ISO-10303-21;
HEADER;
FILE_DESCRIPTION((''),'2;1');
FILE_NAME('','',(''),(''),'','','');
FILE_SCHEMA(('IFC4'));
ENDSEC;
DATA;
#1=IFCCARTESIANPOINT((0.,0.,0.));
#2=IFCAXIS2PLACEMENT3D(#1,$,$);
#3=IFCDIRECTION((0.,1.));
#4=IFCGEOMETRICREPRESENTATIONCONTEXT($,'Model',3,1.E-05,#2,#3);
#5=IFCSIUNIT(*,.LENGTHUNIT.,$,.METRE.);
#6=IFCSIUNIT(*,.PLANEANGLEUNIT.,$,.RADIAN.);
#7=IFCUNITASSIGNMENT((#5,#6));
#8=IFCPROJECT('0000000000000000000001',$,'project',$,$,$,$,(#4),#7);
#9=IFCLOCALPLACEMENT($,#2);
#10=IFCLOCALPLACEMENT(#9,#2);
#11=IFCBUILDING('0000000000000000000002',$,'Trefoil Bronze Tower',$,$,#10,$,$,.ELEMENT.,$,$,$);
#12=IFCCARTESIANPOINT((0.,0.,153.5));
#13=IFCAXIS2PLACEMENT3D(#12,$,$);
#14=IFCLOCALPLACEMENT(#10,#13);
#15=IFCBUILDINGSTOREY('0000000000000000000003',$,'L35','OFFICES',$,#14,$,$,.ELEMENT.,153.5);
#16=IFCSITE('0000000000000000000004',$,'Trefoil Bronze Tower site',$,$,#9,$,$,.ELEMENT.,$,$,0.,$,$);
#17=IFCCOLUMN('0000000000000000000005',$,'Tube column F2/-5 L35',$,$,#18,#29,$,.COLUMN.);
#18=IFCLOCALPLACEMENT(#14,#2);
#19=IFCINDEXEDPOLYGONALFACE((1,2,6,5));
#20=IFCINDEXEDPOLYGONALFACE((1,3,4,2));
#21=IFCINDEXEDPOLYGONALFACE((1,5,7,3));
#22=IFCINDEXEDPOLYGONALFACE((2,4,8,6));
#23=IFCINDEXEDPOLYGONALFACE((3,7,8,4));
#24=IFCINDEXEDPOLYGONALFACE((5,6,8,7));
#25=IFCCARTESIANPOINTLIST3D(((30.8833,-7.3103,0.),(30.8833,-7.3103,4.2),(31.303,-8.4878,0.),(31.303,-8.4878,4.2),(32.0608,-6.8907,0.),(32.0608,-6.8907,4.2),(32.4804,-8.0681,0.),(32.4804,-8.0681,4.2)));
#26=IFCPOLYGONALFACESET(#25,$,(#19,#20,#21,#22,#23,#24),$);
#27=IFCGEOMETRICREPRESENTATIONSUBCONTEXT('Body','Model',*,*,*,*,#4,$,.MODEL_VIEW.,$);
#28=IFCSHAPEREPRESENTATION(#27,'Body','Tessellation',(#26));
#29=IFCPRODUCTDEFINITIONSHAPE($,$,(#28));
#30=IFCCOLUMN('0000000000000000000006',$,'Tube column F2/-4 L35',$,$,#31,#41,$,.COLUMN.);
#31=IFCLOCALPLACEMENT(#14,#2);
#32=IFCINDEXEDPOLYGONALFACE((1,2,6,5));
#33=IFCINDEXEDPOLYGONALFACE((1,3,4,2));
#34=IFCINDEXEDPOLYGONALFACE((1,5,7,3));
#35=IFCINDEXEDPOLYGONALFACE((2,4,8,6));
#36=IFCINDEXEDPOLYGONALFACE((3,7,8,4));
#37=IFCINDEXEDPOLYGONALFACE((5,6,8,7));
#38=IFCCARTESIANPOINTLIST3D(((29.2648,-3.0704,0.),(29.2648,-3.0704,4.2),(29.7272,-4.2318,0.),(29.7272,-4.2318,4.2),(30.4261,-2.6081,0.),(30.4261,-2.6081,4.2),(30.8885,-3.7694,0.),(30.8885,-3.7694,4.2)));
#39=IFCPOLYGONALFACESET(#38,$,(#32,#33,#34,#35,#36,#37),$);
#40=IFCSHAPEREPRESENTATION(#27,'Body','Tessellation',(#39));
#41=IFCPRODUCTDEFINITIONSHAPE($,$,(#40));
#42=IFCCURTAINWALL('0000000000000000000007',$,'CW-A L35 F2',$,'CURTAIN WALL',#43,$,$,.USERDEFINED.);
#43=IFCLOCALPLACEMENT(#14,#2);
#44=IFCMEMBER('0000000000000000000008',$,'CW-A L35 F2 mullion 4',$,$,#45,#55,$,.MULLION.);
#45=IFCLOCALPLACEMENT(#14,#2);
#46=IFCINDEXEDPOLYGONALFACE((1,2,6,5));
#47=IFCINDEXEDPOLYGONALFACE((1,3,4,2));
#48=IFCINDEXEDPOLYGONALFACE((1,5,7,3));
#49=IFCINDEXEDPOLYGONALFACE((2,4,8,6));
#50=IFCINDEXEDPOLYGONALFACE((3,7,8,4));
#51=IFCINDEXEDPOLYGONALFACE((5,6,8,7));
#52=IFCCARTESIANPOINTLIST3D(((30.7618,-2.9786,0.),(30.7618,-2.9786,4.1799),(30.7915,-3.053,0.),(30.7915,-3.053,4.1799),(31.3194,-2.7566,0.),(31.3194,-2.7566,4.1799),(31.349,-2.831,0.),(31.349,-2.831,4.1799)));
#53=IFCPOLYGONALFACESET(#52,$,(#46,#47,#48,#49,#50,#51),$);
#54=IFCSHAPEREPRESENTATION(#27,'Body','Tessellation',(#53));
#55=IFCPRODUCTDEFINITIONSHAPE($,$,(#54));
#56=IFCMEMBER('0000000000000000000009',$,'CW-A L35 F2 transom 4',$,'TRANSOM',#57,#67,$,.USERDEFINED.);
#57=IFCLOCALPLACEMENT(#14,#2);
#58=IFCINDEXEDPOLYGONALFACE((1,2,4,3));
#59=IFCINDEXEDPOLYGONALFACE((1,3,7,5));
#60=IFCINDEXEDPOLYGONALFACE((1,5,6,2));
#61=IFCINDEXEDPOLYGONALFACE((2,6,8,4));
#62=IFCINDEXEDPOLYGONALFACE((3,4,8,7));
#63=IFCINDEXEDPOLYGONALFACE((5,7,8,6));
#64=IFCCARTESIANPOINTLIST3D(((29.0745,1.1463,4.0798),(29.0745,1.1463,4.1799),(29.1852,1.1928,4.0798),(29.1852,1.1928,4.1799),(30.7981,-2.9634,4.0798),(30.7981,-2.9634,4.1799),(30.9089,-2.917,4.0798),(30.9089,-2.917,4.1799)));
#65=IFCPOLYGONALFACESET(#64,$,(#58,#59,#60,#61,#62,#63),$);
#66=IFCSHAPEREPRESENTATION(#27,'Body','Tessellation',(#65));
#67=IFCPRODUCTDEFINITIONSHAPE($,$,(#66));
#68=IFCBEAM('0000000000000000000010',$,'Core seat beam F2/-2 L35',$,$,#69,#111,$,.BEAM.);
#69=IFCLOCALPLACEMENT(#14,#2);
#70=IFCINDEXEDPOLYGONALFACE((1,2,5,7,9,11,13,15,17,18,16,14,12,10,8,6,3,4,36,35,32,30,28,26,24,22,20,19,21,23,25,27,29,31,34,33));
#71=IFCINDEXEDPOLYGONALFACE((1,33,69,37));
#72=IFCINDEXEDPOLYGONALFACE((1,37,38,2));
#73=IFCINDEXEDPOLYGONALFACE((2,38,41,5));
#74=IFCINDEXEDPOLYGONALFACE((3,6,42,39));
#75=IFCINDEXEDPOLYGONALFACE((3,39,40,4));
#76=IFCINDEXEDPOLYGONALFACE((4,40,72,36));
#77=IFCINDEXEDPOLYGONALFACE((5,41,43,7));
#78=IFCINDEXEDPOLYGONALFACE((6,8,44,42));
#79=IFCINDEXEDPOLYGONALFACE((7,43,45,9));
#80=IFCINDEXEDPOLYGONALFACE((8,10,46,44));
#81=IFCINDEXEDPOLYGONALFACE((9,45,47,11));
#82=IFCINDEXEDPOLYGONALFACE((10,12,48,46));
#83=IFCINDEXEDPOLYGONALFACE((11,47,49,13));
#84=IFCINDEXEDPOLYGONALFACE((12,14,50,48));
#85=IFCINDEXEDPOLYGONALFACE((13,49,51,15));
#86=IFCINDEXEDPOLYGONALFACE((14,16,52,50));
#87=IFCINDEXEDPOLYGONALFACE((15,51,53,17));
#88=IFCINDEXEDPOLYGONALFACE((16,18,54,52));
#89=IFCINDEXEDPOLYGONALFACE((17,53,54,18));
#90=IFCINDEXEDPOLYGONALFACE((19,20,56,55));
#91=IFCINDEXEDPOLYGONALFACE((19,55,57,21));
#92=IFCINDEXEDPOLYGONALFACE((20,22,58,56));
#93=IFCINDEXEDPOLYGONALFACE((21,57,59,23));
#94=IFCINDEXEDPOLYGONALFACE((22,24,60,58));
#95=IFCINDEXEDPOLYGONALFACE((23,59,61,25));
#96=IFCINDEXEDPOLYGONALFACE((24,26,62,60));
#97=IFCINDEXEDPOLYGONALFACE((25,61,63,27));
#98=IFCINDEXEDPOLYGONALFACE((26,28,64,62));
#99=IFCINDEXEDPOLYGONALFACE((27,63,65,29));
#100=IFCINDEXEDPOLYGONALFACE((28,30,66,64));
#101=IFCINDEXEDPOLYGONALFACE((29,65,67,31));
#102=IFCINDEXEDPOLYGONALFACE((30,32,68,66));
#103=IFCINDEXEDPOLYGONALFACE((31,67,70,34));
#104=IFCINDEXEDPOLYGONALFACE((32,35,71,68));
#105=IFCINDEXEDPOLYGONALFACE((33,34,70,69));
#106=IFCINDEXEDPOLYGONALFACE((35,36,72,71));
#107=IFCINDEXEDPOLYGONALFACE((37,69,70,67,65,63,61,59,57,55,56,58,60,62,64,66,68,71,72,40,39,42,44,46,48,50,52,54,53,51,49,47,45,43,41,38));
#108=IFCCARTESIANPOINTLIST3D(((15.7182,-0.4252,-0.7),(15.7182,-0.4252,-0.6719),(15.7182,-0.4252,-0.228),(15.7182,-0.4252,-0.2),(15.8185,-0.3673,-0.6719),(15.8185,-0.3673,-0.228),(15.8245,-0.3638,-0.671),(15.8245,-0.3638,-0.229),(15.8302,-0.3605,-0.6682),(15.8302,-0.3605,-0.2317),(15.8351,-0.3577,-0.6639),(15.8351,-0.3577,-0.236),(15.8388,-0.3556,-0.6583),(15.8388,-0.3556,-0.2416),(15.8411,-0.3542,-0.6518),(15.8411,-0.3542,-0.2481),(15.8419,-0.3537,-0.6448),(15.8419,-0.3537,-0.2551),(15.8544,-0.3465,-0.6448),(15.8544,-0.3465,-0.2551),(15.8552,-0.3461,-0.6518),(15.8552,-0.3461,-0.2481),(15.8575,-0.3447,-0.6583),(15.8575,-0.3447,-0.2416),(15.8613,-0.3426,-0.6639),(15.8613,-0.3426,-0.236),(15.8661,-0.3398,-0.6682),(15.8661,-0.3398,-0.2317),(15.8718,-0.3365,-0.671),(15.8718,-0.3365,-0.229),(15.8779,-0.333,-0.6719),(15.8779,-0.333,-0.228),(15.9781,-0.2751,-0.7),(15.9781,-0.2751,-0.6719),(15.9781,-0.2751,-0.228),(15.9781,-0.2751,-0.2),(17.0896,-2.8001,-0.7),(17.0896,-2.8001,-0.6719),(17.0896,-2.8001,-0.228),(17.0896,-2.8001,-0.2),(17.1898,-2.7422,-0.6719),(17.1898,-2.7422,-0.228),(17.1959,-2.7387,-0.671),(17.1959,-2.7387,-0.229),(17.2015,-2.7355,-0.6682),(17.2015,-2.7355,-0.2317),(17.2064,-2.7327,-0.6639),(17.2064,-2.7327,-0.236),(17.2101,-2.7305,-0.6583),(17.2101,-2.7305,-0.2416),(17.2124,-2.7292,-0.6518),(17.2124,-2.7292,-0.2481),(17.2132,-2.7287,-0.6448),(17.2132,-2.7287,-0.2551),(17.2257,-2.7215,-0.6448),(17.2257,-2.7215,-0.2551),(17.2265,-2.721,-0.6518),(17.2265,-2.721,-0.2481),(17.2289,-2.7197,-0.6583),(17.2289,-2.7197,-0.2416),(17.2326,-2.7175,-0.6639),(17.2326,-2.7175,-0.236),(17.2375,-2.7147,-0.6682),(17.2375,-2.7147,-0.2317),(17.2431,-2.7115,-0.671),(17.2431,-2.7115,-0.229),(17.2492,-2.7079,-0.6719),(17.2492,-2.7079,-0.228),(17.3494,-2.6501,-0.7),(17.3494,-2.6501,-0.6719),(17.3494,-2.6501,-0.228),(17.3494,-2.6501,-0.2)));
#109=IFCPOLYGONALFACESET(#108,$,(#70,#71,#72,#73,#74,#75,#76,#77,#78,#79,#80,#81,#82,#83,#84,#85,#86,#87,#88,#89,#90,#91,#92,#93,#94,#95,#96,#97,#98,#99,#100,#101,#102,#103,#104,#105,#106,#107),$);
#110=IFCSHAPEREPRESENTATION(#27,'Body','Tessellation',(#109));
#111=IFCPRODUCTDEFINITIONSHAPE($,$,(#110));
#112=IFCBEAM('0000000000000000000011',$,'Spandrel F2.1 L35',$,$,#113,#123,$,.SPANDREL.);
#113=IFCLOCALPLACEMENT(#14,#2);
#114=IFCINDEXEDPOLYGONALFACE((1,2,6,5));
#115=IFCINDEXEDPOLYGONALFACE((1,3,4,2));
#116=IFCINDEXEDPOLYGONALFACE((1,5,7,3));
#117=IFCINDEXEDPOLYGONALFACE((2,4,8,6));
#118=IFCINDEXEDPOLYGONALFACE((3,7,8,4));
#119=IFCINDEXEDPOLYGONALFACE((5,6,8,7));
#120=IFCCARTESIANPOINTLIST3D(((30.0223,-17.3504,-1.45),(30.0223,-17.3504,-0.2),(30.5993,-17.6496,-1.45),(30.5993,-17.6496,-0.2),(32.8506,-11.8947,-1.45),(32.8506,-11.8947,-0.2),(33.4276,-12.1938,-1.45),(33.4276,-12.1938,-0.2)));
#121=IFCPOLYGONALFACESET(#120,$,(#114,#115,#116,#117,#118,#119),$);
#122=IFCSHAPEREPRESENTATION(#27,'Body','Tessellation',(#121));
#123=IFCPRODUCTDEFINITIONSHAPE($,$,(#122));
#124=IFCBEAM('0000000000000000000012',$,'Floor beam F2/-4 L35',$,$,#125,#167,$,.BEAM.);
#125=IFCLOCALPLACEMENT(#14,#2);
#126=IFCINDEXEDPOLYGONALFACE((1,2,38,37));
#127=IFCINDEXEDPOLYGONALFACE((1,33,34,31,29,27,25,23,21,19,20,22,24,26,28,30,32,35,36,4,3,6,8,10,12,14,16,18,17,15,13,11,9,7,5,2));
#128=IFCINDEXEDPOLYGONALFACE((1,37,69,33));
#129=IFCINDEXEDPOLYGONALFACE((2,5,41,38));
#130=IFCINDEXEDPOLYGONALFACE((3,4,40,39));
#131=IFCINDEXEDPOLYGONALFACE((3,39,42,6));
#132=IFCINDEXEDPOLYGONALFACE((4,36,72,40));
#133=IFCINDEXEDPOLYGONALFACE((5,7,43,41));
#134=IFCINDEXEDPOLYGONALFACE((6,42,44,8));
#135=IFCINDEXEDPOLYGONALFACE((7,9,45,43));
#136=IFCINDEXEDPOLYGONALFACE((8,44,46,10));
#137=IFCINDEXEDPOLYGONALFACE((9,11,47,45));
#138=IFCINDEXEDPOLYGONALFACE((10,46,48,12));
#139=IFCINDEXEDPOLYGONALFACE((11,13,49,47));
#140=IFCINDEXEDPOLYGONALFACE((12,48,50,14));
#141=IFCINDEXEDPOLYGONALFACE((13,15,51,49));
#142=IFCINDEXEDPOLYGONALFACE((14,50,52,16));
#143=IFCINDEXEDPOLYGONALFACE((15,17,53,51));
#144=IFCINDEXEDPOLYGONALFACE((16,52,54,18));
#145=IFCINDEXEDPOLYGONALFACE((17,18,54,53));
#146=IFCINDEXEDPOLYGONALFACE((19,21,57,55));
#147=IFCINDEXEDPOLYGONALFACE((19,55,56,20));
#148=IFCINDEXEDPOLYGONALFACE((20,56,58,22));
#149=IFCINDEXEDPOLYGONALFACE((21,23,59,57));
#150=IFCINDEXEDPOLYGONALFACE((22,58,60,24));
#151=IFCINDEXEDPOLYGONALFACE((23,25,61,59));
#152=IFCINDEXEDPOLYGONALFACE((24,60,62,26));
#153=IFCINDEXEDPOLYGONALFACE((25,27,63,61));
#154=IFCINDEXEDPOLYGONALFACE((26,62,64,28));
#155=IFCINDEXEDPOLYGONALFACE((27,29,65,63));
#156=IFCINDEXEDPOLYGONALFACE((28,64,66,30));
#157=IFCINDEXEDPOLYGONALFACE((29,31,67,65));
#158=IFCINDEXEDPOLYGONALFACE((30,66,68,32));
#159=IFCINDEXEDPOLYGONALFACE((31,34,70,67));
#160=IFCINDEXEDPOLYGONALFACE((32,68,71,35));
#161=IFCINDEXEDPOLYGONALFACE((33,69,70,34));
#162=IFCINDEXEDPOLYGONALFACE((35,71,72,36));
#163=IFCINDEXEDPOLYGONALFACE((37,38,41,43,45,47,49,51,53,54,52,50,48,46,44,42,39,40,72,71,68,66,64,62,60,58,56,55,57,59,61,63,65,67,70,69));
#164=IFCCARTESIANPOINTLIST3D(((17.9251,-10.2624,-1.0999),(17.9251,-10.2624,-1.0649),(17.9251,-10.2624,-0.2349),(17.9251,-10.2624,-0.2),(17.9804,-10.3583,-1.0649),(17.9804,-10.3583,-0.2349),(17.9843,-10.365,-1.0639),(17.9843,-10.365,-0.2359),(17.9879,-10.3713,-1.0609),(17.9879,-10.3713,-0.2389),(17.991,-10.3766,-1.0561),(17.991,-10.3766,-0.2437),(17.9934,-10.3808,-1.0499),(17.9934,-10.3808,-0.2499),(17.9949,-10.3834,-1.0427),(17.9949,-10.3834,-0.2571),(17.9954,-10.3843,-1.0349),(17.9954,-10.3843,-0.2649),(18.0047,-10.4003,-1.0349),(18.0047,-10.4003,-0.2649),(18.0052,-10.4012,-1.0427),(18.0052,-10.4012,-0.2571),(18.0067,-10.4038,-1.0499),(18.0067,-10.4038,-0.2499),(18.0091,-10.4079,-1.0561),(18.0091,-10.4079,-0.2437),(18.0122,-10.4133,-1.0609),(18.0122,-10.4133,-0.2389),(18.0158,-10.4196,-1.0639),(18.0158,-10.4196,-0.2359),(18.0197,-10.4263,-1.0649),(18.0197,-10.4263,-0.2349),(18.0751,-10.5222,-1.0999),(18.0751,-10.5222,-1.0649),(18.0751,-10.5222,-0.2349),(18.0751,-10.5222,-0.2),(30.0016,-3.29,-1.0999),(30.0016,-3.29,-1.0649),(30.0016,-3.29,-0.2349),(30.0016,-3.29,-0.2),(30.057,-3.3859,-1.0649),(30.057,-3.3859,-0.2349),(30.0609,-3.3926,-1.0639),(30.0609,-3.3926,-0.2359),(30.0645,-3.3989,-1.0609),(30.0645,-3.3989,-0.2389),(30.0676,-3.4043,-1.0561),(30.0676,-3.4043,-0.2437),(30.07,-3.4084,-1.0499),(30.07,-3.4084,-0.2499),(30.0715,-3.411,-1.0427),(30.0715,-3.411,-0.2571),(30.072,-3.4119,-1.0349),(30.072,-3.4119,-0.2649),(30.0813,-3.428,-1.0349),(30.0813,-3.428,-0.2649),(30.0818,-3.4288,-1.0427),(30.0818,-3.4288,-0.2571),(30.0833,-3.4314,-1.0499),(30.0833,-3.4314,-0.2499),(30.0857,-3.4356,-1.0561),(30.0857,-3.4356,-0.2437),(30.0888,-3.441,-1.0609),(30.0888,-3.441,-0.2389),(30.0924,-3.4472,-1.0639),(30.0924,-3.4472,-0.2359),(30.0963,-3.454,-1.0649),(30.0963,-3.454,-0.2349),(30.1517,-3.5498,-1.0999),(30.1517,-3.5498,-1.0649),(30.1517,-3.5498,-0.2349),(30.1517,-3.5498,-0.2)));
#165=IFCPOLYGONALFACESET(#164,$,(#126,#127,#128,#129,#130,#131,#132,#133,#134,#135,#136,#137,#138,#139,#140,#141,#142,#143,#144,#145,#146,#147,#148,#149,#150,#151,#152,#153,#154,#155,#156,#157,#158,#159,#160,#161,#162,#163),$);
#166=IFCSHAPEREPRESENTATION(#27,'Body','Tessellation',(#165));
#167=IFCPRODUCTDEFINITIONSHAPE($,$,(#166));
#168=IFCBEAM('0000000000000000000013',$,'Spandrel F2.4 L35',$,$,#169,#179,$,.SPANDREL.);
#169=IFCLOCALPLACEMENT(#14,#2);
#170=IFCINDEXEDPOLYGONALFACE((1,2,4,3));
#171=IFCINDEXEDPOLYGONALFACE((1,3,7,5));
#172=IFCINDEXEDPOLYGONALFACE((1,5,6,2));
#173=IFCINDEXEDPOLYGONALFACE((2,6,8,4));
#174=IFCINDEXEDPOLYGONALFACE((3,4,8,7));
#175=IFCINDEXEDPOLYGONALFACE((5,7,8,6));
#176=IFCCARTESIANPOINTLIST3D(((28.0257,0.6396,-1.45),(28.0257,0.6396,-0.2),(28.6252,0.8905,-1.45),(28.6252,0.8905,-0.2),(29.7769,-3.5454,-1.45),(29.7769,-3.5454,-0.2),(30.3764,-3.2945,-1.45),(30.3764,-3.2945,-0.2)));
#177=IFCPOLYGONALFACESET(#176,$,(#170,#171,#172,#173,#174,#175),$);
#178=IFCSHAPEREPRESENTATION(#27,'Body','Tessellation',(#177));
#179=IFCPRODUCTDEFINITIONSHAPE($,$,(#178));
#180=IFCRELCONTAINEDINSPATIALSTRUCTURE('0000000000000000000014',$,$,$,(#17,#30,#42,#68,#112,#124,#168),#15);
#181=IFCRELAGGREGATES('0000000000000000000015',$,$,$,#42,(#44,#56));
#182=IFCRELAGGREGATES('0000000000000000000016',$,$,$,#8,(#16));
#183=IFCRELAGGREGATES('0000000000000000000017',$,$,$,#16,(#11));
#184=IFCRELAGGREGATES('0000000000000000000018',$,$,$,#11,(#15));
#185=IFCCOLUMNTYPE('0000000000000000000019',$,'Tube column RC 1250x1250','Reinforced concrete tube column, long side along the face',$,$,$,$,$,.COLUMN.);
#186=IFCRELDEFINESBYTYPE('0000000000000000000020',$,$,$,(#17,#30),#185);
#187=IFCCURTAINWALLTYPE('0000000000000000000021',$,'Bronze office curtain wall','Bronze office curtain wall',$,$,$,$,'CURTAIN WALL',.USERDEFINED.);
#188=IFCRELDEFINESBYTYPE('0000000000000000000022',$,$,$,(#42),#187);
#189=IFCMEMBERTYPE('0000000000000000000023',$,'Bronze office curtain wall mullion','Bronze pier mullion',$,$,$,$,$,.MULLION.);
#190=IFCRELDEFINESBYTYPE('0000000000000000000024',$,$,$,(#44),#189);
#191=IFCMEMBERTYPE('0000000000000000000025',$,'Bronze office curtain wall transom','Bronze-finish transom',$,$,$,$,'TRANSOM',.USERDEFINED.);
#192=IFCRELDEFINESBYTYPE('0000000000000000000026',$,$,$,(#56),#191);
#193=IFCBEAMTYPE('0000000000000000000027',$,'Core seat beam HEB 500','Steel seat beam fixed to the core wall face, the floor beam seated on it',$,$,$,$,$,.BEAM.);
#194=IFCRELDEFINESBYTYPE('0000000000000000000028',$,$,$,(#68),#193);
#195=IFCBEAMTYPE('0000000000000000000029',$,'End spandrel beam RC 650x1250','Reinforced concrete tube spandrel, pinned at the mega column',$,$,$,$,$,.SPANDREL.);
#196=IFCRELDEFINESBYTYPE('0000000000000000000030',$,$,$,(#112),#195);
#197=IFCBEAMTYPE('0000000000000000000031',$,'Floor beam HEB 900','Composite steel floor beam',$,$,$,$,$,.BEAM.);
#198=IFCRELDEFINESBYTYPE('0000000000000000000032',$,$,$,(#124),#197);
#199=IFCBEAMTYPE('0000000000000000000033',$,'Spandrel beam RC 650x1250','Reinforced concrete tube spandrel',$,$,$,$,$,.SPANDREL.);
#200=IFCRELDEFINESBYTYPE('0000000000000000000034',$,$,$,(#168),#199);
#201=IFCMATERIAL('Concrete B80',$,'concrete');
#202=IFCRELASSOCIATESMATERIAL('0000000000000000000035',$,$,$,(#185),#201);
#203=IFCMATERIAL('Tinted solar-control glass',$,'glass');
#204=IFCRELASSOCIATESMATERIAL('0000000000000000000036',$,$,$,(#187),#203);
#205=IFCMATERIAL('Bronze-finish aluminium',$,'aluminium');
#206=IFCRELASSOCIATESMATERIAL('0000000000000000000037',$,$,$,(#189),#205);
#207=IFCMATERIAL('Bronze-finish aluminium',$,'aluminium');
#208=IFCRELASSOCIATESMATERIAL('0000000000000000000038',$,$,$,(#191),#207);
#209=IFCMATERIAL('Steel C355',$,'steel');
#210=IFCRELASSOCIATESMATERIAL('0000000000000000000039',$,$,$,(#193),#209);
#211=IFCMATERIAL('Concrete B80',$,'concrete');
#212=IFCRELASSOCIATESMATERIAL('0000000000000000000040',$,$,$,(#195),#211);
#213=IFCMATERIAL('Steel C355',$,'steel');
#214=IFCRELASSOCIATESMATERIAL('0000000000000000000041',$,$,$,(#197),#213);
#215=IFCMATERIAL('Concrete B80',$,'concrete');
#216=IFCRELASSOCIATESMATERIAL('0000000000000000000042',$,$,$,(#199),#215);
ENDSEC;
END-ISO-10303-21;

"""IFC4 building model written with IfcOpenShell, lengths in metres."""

from ifc_helpers import new_model, si_unit, direction, frame, origin, origin_2d, place, context, subcontext, project, spatial, rectangle, i_section, extrude, material, material_profile, profile_set, type_object, element, aggregate, save


model = new_model("IFC4")

# Units and contexts
model_context = context("Model", 3, precision=1e-05, world=origin(), true_north=direction((0.0, 1.0)))
body_context = subcontext(model_context, "Body", "Model", "MODEL_VIEW")
ifc_project = project(units=[si_unit("LENGTHUNIT", "METRE"), si_unit("PLANEANGLEUNIT", "RADIAN")], contexts=[model_context])

# Site, building, storey
site_placement = place(None, origin())
site = spatial("IfcSite", under=ifc_project, at=site_placement, Name="Trefoil Bronze Tower site", CompositionType="ELEMENT", RefElevation=0.0)
building_placement = place(site_placement, origin())
building = spatial("IfcBuilding", under=site, at=building_placement, Name="Trefoil Bronze Tower", CompositionType="ELEMENT")
storey_placement = place(building_placement, frame((0.0, 0.0, 153.5)))
storey = spatial("IfcBuildingStorey", under=building, at=storey_placement, Name="L35", Description="OFFICES", CompositionType="ELEMENT", Elevation=153.5)

# Columns
ifc_material_1 = material(Name="Concrete B80", Category="concrete")
ifc_material_profile_1 = material_profile(ifc_material_1, rectangle(XDim=1.25, YDim=1.25, at=origin_2d()), Name="RC 1250x1250")
ifc_profile_set_1 = profile_set([ifc_material_profile_1], Name="Concrete B80")
column_type = type_object("IfcColumnType", Name="Tube column RC 1250x1250", Description="Reinforced concrete tube column, long side along the face", PredefinedType="COLUMN", material=ifc_profile_set_1)
for number, where, z_axis, x_axis, name in (
    (1, (31.6819, -7.6892, 0.0), (0.0, 0.0, 1.0), (-0.335718, 0.941963, 0.0), "Tube column F2/-5 L35"),
    (2, (30.0767, -3.4199, 0.0), (0.0, 0.0, 1.0), (-0.369901, 0.929071, 0.0), "Tube column F2/-4 L35"),
):
    element("IfcColumn", number, at=place(storey_placement, frame(where, z_axis=z_axis, x_axis=x_axis)), inside=storey, type_object=column_type, Name=name, PredefinedType="COLUMN", context=body_context, shape_type="SweptSolid", body=[
        extrude(rectangle(XDim=1.25, YDim=1.25, at=origin_2d()), origin(), (0.0, 0.0, 1.0), 4.2),
    ])

# Curtain wall, members
ifc_material_2 = material(Name="Tinted solar-control glass", Category="glass")
curtain_wall_type = type_object("IfcCurtainWallType", Name="Bronze office curtain wall", Description="Bronze office curtain wall", ElementType="CURTAIN WALL", PredefinedType="USERDEFINED", material=ifc_material_2)
curtain_wall_placement = place(storey_placement, origin())
curtain_wall = element("IfcCurtainWall", 3, at=curtain_wall_placement, inside=storey, type_object=curtain_wall_type, Name="CW-A L35 F2", ObjectType="CURTAIN WALL", PredefinedType="USERDEFINED")
ifc_material_3 = material(Name="Bronze-finish aluminium", Category="aluminium")
ifc_material_profile_2 = material_profile(ifc_material_3, rectangle(XDim=0.6001, YDim=0.0801, at=origin_2d()), Name="CW-A mullion")
ifc_profile_set_2 = profile_set([ifc_material_profile_2], Name="Bronze-finish aluminium")
member_type_1 = type_object("IfcMemberType", Name="Bronze office curtain wall mullion", Description="Bronze pier mullion", PredefinedType="MULLION", material=ifc_profile_set_2)
member_1_placement = place(storey_placement, frame((31.0554, -2.9048, 0.0), z_axis=(0.0, 0.0, 1.0), x_axis=(-0.929071, -0.369901, 0.0)))
member_1 = element("IfcMember", 4, at=member_1_placement, type_object=member_type_1, Name="CW-A L35 F2 mullion 4", PredefinedType="MULLION", context=body_context, shape_type="SweptSolid", body=[
    extrude(rectangle(XDim=0.6001, YDim=0.0801, at=origin_2d()), origin(), (0.0, 0.0, 1.0), 4.1799),
])
ifc_material_4 = material(Name="Bronze-finish aluminium", Category="aluminium")
ifc_material_profile_3 = material_profile(ifc_material_4, rectangle(XDim=0.1201, YDim=0.1001, at=origin_2d()), Name="CW-A transom")
ifc_profile_set_3 = profile_set([ifc_material_profile_3], Name="Bronze-finish aluminium")
member_type_2 = type_object("IfcMemberType", Name="Bronze office curtain wall transom", Description="Bronze-finish transom", ElementType="TRANSOM", PredefinedType="USERDEFINED", material=ifc_profile_set_3)
member_2_placement = place(storey_placement, frame((30.8535, -2.9402, 4.1299), z_axis=(-0.386773, 0.922175, 0.0), x_axis=(-0.922175, -0.386773, 0.0)))
member_2 = element("IfcMember", 5, at=member_2_placement, type_object=member_type_2, Name="CW-A L35 F2 transom 4", ObjectType="TRANSOM", PredefinedType="USERDEFINED", context=body_context, shape_type="SweptSolid", body=[
    extrude(rectangle(XDim=0.1201, YDim=0.1001, at=origin_2d()), origin(), (0.0, 0.0, 1.0), 4.4565),
])

# Beams
ifc_material_5 = material(Name="Steel C355", Category="steel")
ifc_material_profile_4 = material_profile(ifc_material_5, i_section(OverallWidth=0.3, OverallDepth=0.5, WebThickness=0.0144, FlangeThickness=0.0281, FilletRadius=0.0271, at=origin_2d()), Name="HEB 500")
ifc_profile_set_4 = profile_set([ifc_material_profile_4], Name="Steel C355")
beam_type_1 = type_object("IfcBeamType", Name="Core seat beam HEB 500", Description="Steel seat beam fixed to the core wall face, the floor beam seated on it", PredefinedType="BEAM", material=ifc_profile_set_4)
beam_1_placement = place(storey_placement, frame((17.2195, -2.7251, -0.45), z_axis=(-0.500036, 0.866005, 0.0), x_axis=(-0.866005, -0.500036, 0.0)))
element("IfcBeam", 6, at=beam_1_placement, inside=storey, type_object=beam_type_1, Name="Core seat beam F2/-2 L35", PredefinedType="BEAM", context=body_context, shape_type="SweptSolid", body=[
    extrude(i_section(OverallWidth=0.3, OverallDepth=0.5, WebThickness=0.0144, FlangeThickness=0.0281, FilletRadius=0.0271, at=origin_2d()), origin(), (0.0, 0.0, 1.0), 2.7424),
])
ifc_material_6 = material(Name="Concrete B80", Category="concrete")
ifc_material_profile_5 = material_profile(ifc_material_6, rectangle(XDim=0.6499, YDim=1.25, at=origin_2d()), Name="RC 650x1250")
ifc_profile_set_5 = profile_set([ifc_material_profile_5], Name="Concrete B80")
beam_type_2 = type_object("IfcBeamType", Name="End spandrel beam RC 650x1250", Description="Reinforced concrete tube spandrel, pinned at the mega column", PredefinedType="SPANDREL", material=ifc_profile_set_5)
beam_2_placement = place(storey_placement, frame((30.3108, -17.5, -0.825), z_axis=(0.460244, 0.887792, 0.0), x_axis=(-0.887792, 0.460244, 0.0)))
element("IfcBeam", 7, at=beam_2_placement, inside=storey, type_object=beam_type_2, Name="Spandrel F2.1 L35", PredefinedType="SPANDREL", context=body_context, shape_type="SweptSolid", body=[
    extrude(rectangle(XDim=0.6499, YDim=1.25, at=origin_2d()), origin(), (0.0, 0.0, 1.0), 6.1453),
])
ifc_material_7 = material(Name="Steel C355", Category="steel")
ifc_material_profile_6 = material_profile(ifc_material_7, i_section(OverallWidth=0.3, OverallDepth=0.8999, WebThickness=0.0186, FlangeThickness=0.0349, FilletRadius=0.03, at=origin_2d()), Name="HEB 900")
ifc_profile_set_6 = profile_set([ifc_material_profile_6], Name="Steel C355")
beam_type_3 = type_object("IfcBeamType", Name="Floor beam HEB 900", Description="Composite steel floor beam", PredefinedType="BEAM", material=ifc_profile_set_6)
beam_3_placement = place(storey_placement, frame((30.0767, -3.4199, -0.6499), z_axis=(-0.866027, -0.499997, 0.0), x_axis=(0.499997, -0.866027, 0.0)))
element("IfcBeam", 8, at=beam_3_placement, inside=storey, type_object=beam_type_3, Name="Floor beam F2/-4 L35", PredefinedType="BEAM", context=body_context, shape_type="SweptSolid", body=[
    extrude(i_section(OverallWidth=0.3, OverallDepth=0.8999, WebThickness=0.0186, FlangeThickness=0.0349, FilletRadius=0.03, at=origin_2d()), origin(), (0.0, 0.0, 1.0), 13.9448),
])
ifc_material_8 = material(Name="Concrete B80", Category="concrete")
ifc_material_profile_7 = material_profile(ifc_material_8, rectangle(XDim=0.6499, YDim=1.25, at=origin_2d()), Name="RC 650x1250")
ifc_profile_set_7 = profile_set([ifc_material_profile_7], Name="Concrete B80")
beam_type_4 = type_object("IfcBeamType", Name="Spandrel beam RC 650x1250", Description="Reinforced concrete tube spandrel", PredefinedType="SPANDREL", material=ifc_profile_set_7)
beam_4_placement = place(storey_placement, frame((30.0767, -3.4199, -0.825), z_axis=(-0.386013, 0.922493, 0.0), x_axis=(-0.922493, -0.386013, 0.0)))
element("IfcBeam", 9, at=beam_4_placement, inside=storey, type_object=beam_type_4, Name="Spandrel F2.4 L35", PredefinedType="SPANDREL", context=body_context, shape_type="SweptSolid", body=[
    extrude(rectangle(XDim=0.6499, YDim=1.25, at=origin_2d()), origin(), (0.0, 0.0, 1.0), 4.5366),
])

aggregate(curtain_wall, [member_1, member_2])

save(model, "model.ifc")
